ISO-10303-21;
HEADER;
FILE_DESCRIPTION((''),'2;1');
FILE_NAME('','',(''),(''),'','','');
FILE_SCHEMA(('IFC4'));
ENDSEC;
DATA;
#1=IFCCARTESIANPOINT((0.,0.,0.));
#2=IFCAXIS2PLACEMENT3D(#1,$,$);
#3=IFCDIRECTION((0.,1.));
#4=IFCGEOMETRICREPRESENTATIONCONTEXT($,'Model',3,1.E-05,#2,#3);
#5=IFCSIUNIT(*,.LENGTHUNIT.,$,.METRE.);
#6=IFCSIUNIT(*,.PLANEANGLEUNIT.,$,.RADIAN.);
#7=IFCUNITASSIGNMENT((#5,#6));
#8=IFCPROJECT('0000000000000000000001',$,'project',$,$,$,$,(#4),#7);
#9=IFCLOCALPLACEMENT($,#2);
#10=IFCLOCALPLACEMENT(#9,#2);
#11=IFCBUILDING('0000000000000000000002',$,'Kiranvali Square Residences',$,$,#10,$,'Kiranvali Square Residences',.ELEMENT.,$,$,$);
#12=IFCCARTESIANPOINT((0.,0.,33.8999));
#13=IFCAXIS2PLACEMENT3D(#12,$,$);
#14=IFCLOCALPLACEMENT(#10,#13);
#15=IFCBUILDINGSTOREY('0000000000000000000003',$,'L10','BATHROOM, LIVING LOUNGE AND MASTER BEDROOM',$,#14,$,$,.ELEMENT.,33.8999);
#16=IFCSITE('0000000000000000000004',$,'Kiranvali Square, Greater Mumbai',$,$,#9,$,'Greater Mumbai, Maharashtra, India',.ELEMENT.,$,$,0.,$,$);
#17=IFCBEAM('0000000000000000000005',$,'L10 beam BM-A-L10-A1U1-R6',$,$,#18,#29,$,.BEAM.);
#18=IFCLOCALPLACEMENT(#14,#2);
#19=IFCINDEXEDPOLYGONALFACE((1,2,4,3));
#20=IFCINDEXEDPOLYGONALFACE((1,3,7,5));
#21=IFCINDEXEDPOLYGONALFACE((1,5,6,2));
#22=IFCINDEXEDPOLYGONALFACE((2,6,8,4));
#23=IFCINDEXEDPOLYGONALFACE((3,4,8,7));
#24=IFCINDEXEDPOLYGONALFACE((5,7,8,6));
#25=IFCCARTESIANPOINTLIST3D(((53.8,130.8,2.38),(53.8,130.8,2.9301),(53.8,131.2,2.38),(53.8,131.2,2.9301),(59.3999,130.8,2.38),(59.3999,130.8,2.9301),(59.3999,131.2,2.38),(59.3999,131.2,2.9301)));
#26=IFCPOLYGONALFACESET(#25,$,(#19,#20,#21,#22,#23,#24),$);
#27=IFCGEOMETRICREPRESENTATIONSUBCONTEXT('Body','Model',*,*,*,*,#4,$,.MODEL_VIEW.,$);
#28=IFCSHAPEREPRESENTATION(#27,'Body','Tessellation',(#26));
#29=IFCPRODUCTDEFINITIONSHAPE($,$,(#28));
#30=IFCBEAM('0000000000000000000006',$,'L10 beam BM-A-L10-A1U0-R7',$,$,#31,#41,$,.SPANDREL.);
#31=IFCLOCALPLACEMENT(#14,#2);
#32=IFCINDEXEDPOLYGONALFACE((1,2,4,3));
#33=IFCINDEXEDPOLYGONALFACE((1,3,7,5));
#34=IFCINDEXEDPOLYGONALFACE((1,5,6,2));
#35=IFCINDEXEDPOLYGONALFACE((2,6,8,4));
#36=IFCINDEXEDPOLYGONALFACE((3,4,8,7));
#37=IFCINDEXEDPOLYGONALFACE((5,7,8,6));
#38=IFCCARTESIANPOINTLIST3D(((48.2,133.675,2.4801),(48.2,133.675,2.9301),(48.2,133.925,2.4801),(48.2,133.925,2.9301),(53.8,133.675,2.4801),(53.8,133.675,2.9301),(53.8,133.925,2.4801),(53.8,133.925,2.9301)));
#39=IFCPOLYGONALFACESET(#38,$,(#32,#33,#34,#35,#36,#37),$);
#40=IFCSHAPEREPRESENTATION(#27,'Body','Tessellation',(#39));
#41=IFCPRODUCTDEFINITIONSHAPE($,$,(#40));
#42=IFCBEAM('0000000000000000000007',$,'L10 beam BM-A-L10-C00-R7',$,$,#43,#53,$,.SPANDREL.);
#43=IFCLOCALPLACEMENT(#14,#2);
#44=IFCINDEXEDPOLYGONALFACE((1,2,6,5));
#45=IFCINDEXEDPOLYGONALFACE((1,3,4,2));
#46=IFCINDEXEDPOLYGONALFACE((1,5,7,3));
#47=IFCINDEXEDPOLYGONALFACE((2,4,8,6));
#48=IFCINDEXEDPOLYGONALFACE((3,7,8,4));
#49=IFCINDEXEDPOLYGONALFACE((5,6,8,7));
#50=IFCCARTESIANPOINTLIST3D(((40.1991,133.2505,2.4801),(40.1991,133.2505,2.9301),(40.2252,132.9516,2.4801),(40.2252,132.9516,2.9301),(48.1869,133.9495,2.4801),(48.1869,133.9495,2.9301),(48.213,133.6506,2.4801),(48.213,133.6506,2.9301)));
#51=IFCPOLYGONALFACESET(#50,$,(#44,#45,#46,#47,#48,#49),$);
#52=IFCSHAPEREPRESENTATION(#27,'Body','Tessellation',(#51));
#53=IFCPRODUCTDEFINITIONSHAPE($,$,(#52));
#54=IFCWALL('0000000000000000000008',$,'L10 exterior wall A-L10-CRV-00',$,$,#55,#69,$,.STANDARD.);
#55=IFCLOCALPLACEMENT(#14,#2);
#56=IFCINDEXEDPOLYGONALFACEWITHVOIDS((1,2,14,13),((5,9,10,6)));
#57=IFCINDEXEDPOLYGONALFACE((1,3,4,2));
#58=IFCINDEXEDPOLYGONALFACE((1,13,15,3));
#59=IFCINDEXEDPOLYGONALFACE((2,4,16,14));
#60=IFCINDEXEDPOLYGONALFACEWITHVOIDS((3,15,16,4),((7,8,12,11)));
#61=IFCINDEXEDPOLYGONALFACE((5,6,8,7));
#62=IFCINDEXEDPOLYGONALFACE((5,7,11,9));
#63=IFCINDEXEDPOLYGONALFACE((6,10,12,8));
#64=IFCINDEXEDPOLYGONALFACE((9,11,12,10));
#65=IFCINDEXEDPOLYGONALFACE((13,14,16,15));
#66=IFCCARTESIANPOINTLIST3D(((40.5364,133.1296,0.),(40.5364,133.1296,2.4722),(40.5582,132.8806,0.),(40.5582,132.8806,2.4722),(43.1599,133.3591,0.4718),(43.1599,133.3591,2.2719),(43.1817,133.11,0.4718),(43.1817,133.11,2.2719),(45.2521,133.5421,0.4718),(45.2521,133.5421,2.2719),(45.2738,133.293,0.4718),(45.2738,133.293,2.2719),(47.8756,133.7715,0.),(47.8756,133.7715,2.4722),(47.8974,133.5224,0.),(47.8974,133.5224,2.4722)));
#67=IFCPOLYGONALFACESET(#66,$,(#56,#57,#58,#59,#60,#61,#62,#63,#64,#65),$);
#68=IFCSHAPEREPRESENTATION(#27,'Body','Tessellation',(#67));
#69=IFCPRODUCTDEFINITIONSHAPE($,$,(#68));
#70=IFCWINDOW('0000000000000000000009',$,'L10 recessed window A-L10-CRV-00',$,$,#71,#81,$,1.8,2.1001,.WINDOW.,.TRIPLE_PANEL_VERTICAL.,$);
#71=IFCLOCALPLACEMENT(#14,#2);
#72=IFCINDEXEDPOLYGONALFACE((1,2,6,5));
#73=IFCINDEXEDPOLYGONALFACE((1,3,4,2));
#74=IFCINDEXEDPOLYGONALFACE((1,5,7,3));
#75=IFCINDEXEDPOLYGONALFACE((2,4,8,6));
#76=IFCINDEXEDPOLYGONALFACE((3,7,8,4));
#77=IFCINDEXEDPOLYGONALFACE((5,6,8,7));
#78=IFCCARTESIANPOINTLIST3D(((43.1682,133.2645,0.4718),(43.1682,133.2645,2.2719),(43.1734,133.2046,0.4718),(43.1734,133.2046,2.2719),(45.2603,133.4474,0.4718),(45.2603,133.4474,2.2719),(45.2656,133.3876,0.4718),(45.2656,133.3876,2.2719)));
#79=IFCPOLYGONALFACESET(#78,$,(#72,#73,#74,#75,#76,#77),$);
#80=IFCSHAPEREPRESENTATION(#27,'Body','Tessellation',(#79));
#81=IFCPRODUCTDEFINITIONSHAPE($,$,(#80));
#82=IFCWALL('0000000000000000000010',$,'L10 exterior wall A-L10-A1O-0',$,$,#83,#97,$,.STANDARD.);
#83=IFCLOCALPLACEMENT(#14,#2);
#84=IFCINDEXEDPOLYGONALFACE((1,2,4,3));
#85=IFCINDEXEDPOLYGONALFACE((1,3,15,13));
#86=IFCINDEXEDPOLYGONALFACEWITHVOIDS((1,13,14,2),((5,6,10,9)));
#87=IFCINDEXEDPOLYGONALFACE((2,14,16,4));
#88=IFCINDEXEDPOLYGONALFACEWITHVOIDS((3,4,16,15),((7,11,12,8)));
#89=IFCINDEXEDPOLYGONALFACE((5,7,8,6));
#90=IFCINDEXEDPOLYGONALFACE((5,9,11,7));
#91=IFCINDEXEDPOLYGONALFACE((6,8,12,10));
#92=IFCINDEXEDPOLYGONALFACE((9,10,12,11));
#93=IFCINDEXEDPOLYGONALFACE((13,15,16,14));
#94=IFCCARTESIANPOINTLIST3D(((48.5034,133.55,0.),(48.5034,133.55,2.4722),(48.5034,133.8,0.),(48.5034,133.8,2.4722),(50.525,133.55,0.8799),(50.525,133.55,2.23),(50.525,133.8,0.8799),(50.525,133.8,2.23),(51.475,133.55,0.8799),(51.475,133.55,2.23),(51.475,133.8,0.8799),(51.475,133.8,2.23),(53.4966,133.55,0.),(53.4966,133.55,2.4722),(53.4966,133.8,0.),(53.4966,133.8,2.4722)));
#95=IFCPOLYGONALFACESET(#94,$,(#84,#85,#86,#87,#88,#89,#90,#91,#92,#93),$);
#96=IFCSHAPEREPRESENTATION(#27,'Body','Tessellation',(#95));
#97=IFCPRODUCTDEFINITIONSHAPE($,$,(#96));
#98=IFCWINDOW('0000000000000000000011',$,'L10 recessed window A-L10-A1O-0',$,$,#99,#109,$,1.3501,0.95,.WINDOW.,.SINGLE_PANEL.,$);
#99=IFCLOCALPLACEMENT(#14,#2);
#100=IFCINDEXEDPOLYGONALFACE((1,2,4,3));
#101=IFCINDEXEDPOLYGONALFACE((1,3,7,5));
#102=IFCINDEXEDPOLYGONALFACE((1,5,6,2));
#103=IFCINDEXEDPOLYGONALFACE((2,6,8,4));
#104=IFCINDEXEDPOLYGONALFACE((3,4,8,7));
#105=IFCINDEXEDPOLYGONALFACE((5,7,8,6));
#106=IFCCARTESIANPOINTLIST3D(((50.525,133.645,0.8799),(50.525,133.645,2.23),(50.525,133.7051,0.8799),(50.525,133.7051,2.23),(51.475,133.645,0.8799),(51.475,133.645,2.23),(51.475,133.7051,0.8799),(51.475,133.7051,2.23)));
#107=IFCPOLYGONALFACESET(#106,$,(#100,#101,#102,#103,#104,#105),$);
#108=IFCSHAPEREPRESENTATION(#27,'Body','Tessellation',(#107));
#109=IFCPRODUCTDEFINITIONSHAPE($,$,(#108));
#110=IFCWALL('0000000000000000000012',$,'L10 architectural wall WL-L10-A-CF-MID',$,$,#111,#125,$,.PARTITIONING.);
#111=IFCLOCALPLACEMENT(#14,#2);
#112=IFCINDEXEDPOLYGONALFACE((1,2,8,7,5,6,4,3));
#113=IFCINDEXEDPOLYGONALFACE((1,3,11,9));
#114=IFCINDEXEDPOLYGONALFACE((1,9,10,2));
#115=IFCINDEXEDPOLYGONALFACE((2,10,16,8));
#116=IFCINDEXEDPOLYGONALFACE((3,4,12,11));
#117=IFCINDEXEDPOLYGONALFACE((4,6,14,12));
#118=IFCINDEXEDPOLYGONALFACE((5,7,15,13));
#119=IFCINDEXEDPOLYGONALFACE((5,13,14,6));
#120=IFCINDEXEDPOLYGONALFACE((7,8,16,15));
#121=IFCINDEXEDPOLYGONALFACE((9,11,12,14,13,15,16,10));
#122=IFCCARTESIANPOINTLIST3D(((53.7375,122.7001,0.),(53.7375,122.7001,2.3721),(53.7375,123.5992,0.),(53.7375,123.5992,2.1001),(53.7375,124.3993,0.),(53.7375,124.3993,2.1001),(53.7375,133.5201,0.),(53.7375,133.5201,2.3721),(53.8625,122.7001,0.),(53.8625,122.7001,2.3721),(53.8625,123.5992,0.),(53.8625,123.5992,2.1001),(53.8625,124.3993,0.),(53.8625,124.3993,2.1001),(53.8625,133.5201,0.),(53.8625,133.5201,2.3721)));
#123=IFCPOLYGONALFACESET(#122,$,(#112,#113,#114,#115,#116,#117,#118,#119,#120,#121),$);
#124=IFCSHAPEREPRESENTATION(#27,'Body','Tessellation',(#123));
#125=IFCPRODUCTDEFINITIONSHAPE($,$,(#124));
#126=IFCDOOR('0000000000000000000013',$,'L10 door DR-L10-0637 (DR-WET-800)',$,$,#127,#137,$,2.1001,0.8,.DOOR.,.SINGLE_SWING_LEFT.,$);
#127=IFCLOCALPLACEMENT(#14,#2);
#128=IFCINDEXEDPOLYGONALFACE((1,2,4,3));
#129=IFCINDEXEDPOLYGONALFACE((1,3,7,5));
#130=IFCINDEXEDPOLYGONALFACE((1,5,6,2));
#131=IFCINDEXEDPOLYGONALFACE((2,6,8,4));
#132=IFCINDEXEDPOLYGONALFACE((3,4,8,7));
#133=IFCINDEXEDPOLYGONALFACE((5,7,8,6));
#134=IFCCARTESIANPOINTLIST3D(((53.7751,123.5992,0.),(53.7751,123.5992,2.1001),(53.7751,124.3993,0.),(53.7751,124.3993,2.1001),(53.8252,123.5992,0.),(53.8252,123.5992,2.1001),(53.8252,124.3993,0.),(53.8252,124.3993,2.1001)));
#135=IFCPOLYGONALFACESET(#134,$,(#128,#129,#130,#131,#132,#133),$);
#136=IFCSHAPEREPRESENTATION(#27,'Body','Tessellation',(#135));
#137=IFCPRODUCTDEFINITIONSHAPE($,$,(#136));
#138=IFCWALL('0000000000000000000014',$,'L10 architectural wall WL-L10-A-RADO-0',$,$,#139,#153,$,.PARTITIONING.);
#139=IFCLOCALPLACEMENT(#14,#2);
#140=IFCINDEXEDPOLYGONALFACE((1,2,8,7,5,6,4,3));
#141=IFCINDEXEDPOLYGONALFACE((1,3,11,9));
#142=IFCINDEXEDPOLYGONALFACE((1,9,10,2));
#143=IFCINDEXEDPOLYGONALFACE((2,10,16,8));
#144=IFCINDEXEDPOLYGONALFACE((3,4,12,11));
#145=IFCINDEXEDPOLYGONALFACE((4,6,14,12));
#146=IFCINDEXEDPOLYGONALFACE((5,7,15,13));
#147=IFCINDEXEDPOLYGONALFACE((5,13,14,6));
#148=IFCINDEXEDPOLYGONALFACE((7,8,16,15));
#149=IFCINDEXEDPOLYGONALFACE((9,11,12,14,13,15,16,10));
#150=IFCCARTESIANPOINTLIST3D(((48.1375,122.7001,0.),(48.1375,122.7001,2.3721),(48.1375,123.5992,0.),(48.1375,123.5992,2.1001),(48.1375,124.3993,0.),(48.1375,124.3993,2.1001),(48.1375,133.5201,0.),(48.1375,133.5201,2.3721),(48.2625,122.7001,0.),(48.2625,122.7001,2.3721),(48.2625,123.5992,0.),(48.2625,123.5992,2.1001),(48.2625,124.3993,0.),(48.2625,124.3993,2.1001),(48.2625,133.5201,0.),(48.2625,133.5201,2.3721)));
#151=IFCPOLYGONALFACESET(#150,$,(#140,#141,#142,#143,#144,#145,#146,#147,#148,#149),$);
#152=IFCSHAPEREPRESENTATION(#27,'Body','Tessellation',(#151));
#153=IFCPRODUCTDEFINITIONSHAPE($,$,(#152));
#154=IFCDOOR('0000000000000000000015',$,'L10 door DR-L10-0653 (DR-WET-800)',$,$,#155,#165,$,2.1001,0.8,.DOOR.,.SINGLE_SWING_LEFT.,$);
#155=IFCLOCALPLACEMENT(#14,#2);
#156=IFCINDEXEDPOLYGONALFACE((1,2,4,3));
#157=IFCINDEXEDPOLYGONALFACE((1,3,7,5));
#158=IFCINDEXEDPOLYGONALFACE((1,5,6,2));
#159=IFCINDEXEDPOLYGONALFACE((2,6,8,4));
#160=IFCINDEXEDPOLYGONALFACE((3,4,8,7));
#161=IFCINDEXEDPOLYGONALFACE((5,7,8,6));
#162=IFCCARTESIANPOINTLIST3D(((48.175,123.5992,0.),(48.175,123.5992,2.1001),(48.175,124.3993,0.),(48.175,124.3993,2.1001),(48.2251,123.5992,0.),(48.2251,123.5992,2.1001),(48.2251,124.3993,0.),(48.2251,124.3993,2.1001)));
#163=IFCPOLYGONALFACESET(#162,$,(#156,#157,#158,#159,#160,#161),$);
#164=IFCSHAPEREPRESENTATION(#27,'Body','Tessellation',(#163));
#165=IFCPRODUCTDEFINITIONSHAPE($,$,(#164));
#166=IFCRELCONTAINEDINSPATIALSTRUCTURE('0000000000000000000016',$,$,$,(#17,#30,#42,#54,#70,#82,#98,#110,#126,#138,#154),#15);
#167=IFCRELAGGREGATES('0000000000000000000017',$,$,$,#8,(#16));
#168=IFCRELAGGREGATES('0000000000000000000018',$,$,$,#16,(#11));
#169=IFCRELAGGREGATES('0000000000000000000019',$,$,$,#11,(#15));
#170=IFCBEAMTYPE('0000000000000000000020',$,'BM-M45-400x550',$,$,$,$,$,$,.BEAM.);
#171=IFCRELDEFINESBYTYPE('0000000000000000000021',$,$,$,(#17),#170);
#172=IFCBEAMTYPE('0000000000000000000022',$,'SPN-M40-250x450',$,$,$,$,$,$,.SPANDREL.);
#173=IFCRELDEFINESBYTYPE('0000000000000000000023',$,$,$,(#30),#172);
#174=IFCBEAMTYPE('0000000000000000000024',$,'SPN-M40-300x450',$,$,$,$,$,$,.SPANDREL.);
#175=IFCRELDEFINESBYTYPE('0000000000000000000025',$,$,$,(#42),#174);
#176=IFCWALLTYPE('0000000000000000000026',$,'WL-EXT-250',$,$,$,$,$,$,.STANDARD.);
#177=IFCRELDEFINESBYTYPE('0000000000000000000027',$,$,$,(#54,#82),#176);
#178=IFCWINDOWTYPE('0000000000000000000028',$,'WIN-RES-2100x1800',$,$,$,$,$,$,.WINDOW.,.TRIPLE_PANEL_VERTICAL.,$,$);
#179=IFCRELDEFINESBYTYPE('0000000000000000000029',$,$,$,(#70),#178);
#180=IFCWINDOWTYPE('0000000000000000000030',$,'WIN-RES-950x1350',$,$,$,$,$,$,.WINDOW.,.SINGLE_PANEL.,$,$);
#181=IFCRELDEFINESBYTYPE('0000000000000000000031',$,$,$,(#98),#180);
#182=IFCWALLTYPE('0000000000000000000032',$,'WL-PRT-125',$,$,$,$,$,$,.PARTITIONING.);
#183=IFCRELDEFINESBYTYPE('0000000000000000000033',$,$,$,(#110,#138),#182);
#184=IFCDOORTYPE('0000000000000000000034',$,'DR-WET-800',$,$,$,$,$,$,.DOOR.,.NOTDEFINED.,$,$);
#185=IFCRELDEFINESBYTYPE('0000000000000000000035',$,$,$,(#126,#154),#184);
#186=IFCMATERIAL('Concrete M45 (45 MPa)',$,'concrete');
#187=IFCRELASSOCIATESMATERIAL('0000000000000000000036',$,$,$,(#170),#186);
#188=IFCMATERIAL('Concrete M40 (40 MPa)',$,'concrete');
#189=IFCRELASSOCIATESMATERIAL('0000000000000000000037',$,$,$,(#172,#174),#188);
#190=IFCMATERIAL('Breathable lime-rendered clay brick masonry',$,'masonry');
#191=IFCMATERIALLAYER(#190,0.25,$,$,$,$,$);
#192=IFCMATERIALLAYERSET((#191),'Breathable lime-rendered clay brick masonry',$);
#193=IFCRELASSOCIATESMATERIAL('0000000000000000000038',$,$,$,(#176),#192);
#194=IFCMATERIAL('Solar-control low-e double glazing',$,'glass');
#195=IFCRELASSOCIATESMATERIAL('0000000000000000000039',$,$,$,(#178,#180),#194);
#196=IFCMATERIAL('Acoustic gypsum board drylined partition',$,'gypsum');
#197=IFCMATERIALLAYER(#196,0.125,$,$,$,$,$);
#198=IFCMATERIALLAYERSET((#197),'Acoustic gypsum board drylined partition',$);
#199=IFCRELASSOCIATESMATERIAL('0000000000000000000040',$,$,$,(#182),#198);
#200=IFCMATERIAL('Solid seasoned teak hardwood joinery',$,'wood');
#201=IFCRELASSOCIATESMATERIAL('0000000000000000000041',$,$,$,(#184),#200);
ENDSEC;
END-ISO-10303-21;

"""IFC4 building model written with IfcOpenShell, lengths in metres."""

from ifc_helpers import new_model, si_unit, direction, frame, frame_2d, origin, origin_2d, place, context, subcontext, project, spatial, rectangle, extrude, material, layer, layer_set, material_profile, profile_set, type_object, element, fill, save


model = new_model("IFC4")

# Units and contexts
model_context = context("Model", 3, precision=1e-05, world=origin(), true_north=direction((0.0, 1.0)))
body_context = subcontext(model_context, "Body", "Model", "MODEL_VIEW")
ifc_project = project(units=[si_unit("LENGTHUNIT", "METRE"), si_unit("PLANEANGLEUNIT", "RADIAN")], contexts=[model_context])

# Site, building, storey
site_placement = place(None, origin())
site = spatial("IfcSite", under=ifc_project, at=site_placement, Name="Kiranvali Square, Greater Mumbai", LongName="Greater Mumbai, Maharashtra, India", CompositionType="ELEMENT", RefElevation=0.0)
building_placement = place(site_placement, origin())
building = spatial("IfcBuilding", under=site, at=building_placement, Name="Kiranvali Square Residences", LongName="Kiranvali Square Residences", CompositionType="ELEMENT")
storey_placement = place(building_placement, frame((0.0, 0.0, 33.8999)))
storey = spatial("IfcBuildingStorey", under=building, at=storey_placement, Name="L10", Description="BATHROOM, LIVING LOUNGE AND MASTER BEDROOM", CompositionType="ELEMENT", Elevation=33.8999)

# Shared definitions
ifc_material_1 = material(Name="Concrete M40 (40 MPa)", Category="concrete")

# Beams
ifc_material_2 = material(Name="Concrete M45 (45 MPa)", Category="concrete")
ifc_material_profile_1 = material_profile(ifc_material_2, rectangle(XDim=0.3999, YDim=0.55, at=origin_2d()), Name="RC 400x550")
ifc_profile_set_1 = profile_set([ifc_material_profile_1], Name="Concrete M45 (45 MPa)")
beam_type_1 = type_object("IfcBeamType", Name="BM-M45-400x550", PredefinedType="BEAM", material=ifc_profile_set_1)
beam_1_placement = place(storey_placement, frame((53.8, 131.0, 2.655), z_axis=(1.0, 0.0, 0.0), x_axis=(0.0, 1.0, 0.0)))
element("IfcBeam", 1, at=beam_1_placement, inside=storey, type_object=beam_type_1, Name="L10 beam BM-A-L10-A1U1-R6", PredefinedType="BEAM", context=body_context, shape_type="SweptSolid", body=[
    extrude(rectangle(XDim=0.3999, YDim=0.55, at=origin_2d()), origin(), (0.0, 0.0, 1.0), 5.5999),
])
ifc_material_profile_2 = material_profile(ifc_material_1, rectangle(XDim=0.25, YDim=0.45, at=origin_2d()), Name="RC 250x450")
ifc_profile_set_2 = profile_set([ifc_material_profile_2], Name="Concrete M40 (40 MPa)")
beam_type_2 = type_object("IfcBeamType", Name="SPN-M40-250x450", PredefinedType="SPANDREL", material=ifc_profile_set_2)
beam_2_placement = place(storey_placement, frame((48.2, 133.8, 2.7051), z_axis=(1.0, 0.0, 0.0), x_axis=(0.0, 1.0, 0.0)))
element("IfcBeam", 2, at=beam_2_placement, inside=storey, type_object=beam_type_2, Name="L10 beam BM-A-L10-A1U0-R7", PredefinedType="SPANDREL", context=body_context, shape_type="SweptSolid", body=[
    extrude(rectangle(XDim=0.25, YDim=0.45, at=origin_2d()), origin(), (0.0, 0.0, 1.0), 5.6001),
])
ifc_material_profile_3 = material_profile(ifc_material_1, rectangle(XDim=0.3, YDim=0.45, at=origin_2d()), Name="RC 300x450")
ifc_profile_set_3 = profile_set([ifc_material_profile_3], Name="Concrete M40 (40 MPa)")
beam_type_3 = type_object("IfcBeamType", Name="SPN-M40-300x450", PredefinedType="SPANDREL", material=ifc_profile_set_3)
beam_3_placement = place(storey_placement, frame((48.2, 133.8, 2.7051), z_axis=(-0.996193, -0.087172, 0.0), x_axis=(0.087172, -0.996193, 0.0)))
element("IfcBeam", 3, at=beam_3_placement, inside=storey, type_object=beam_type_3, Name="L10 beam BM-A-L10-C00-R7", PredefinedType="SPANDREL", context=body_context, shape_type="SweptSolid", body=[
    extrude(rectangle(XDim=0.3, YDim=0.45, at=origin_2d()), origin(), (0.0, 0.0, 1.0), 8.0183),
])

# Walls, openings, windows
ifc_material_3 = material(Name="Breathable lime-rendered clay brick masonry", Category="masonry")
ifc_layer_1 = layer(ifc_material_3, 0.25)
ifc_layer_set_1 = layer_set([ifc_layer_1], Name="Breathable lime-rendered clay brick masonry")
wall_type_1 = type_object("IfcWallType", Name="WL-EXT-250", PredefinedType="STANDARD", material=ifc_layer_set_1)
wall_1_placement = place(storey_placement, frame((47.8865, 133.647, 0.0), z_axis=(0.0, 0.0, 1.0), x_axis=(-0.996198, -0.087123, 0.0)))
wall_1 = element("IfcWall", 4, at=wall_1_placement, inside=storey, type_object=wall_type_1, Name="L10 exterior wall A-L10-CRV-00", PredefinedType="STANDARD", context=body_context, shape_type="SweptSolid", body=[
    extrude(rectangle(XDim=7.3672, YDim=0.25, at=frame_2d((3.6836, 0.0))), origin(), (0.0, 0.0, 1.0), 2.4722),
])
opening_1_placement = place(wall_1_placement, frame((2.6335, 0.0, 0.4719)))
opening_1 = element("IfcOpeningElement", 5, at=opening_1_placement, cuts=wall_1, PredefinedType="OPENING", context=body_context, shape_type="SweptSolid", body=[
    extrude(rectangle(XDim=2.1001, YDim=1.8, at=frame_2d((1.05, 0.8999))), frame((0.0, 0.135, 0.0), z_axis=(0.0, -1.0, 0.0), x_axis=(1.0, 0.0, 0.0)), (0.0, 0.0, 1.0), 0.27),
])
ifc_material_4 = material(Name="Solar-control low-e double glazing", Category="glass")
window_type_1 = type_object("IfcWindowType", Name="WIN-RES-2100x1800", PartitioningType="TRIPLE_PANEL_VERTICAL", PredefinedType="WINDOW", material=ifc_material_4)
window_1_placement = place(opening_1_placement, origin())
window_1 = element("IfcWindow", 6, at=window_1_placement, inside=storey, type_object=window_type_1, Name="L10 recessed window A-L10-CRV-00", OverallHeight=1.8, OverallWidth=2.1001, PartitioningType="TRIPLE_PANEL_VERTICAL", PredefinedType="WINDOW", context=body_context, shape_type="SweptSolid", body=[
    extrude(rectangle(XDim=2.1001, YDim=1.8, at=frame_2d((1.05, 0.8999))), frame((0.0, 0.03, 0.0), z_axis=(0.0, -1.0, 0.0), x_axis=(1.0, 0.0, 0.0)), (0.0, 0.0, 1.0), 0.0601),
])
fill(opening_1, window_1)
wall_2_placement = place(storey_placement, frame((48.5034, 133.675, 0.0), z_axis=(0.0, 0.0, 1.0), x_axis=(1.0, 0.0, 0.0)))
wall_2 = element("IfcWall", 7, at=wall_2_placement, inside=storey, type_object=wall_type_1, Name="L10 exterior wall A-L10-A1O-0", PredefinedType="STANDARD", context=body_context, shape_type="SweptSolid", body=[
    extrude(rectangle(XDim=4.9932, YDim=0.25, at=frame_2d((2.4966, 0.0))), origin(), (0.0, 0.0, 1.0), 2.4722),
])
opening_2_placement = place(wall_2_placement, frame((2.0215, 0.0, 0.8799)))
opening_2 = element("IfcOpeningElement", 8, at=opening_2_placement, cuts=wall_2, PredefinedType="OPENING", context=body_context, shape_type="SweptSolid", body=[
    extrude(rectangle(XDim=0.95, YDim=1.3501, at=frame_2d((0.4751, 0.675))), frame((0.0, 0.135, 0.0), z_axis=(0.0, -1.0, 0.0), x_axis=(1.0, 0.0, 0.0)), (0.0, 0.0, 1.0), 0.27),
])
window_type_2 = type_object("IfcWindowType", Name="WIN-RES-950x1350", PartitioningType="SINGLE_PANEL", PredefinedType="WINDOW", material=ifc_material_4)
window_2_placement = place(opening_2_placement, origin())
window_2 = element("IfcWindow", 9, at=window_2_placement, inside=storey, type_object=window_type_2, Name="L10 recessed window A-L10-A1O-0", OverallHeight=1.3501, OverallWidth=0.95, PartitioningType="SINGLE_PANEL", PredefinedType="WINDOW", context=body_context, shape_type="SweptSolid", body=[
    extrude(rectangle(XDim=0.95, YDim=1.3501, at=frame_2d((0.4751, 0.675))), frame((0.0, 0.03, 0.0), z_axis=(0.0, -1.0, 0.0), x_axis=(1.0, 0.0, 0.0)), (0.0, 0.0, 1.0), 0.0601),
])
fill(opening_2, window_2)

# Walls, openings, doors
ifc_material_5 = material(Name="Acoustic gypsum board drylined partition", Category="gypsum")
ifc_layer_2 = layer(ifc_material_5, 0.125)
ifc_layer_set_2 = layer_set([ifc_layer_2], Name="Acoustic gypsum board drylined partition")
wall_type_2 = type_object("IfcWallType", Name="WL-PRT-125", PredefinedType="PARTITIONING", material=ifc_layer_set_2)
wall_3_placement = place(storey_placement, frame((53.8, 122.7, 0.0), z_axis=(0.0, 0.0, 1.0), x_axis=(0.0, 1.0, 0.0)))
wall_3 = element("IfcWall", 10, at=wall_3_placement, inside=storey, type_object=wall_type_2, Name="L10 architectural wall WL-L10-A-CF-MID", PredefinedType="PARTITIONING", context=body_context, shape_type="SweptSolid", body=[
    extrude(rectangle(XDim=10.8201, YDim=0.125, at=frame_2d((5.4102, 0.0))), origin(), (0.0, 0.0, 1.0), 2.3721),
])
opening_3_placement = place(wall_3_placement, frame((0.8994, 0.0, 0.0)))
opening_3 = element("IfcOpeningElement", 11, at=opening_3_placement, cuts=wall_3, PredefinedType="OPENING", context=body_context, shape_type="SweptSolid", body=[
    extrude(rectangle(XDim=0.8, YDim=2.1001, at=frame_2d((0.3999, 1.05))), frame((0.0, 0.0725, 0.0), z_axis=(0.0, -1.0, 0.0), x_axis=(1.0, 0.0, 0.0)), (0.0, 0.0, 1.0), 0.145),
])
ifc_material_6 = material(Name="Solid seasoned teak hardwood joinery", Category="wood")
door_type = type_object("IfcDoorType", Name="DR-WET-800", OperationType="NOTDEFINED", PredefinedType="DOOR", material=ifc_material_6)
door_1_placement = place(opening_3_placement, origin())
door_1 = element("IfcDoor", 12, at=door_1_placement, inside=storey, type_object=door_type, Name="L10 door DR-L10-0637 (DR-WET-800)", OperationType="SINGLE_SWING_LEFT", OverallHeight=2.1001, OverallWidth=0.8, PredefinedType="DOOR", context=body_context, shape_type="SweptSolid", body=[
    extrude(rectangle(XDim=0.8, YDim=2.1001, at=frame_2d((0.3999, 1.05))), frame((0.0, 0.0249, 0.0), z_axis=(0.0, -1.0, 0.0), x_axis=(1.0, 0.0, 0.0)), (0.0, 0.0, 1.0), 0.05),
])
fill(opening_3, door_1)
wall_4_placement = place(storey_placement, frame((48.2, 122.7, 0.0), z_axis=(0.0, 0.0, 1.0), x_axis=(0.0, 1.0, 0.0)))
wall_4 = element("IfcWall", 13, at=wall_4_placement, inside=storey, type_object=wall_type_2, Name="L10 architectural wall WL-L10-A-RADO-0", PredefinedType="PARTITIONING", context=body_context, shape_type="SweptSolid", body=[
    extrude(rectangle(XDim=10.8201, YDim=0.125, at=frame_2d((5.4102, 0.0))), origin(), (0.0, 0.0, 1.0), 2.3721),
])
opening_4_placement = place(wall_4_placement, frame((0.8994, 0.0, 0.0)))
opening_4 = element("IfcOpeningElement", 14, at=opening_4_placement, cuts=wall_4, PredefinedType="OPENING", context=body_context, shape_type="SweptSolid", body=[
    extrude(rectangle(XDim=0.8, YDim=2.1001, at=frame_2d((0.3999, 1.05))), frame((0.0, 0.0725, 0.0), z_axis=(0.0, -1.0, 0.0), x_axis=(1.0, 0.0, 0.0)), (0.0, 0.0, 1.0), 0.145),
])
door_2_placement = place(opening_4_placement, origin())
door_2 = element("IfcDoor", 15, at=door_2_placement, inside=storey, type_object=door_type, Name="L10 door DR-L10-0653 (DR-WET-800)", OperationType="SINGLE_SWING_LEFT", OverallHeight=2.1001, OverallWidth=0.8, PredefinedType="DOOR", context=body_context, shape_type="SweptSolid", body=[
    extrude(rectangle(XDim=0.8, YDim=2.1001, at=frame_2d((0.3999, 1.05))), frame((0.0, 0.0249, 0.0), z_axis=(0.0, -1.0, 0.0), x_axis=(1.0, 0.0, 0.0)), (0.0, 0.0, 1.0), 0.05),
])
fill(opening_4, door_2)

save(model, "model.ifc")
